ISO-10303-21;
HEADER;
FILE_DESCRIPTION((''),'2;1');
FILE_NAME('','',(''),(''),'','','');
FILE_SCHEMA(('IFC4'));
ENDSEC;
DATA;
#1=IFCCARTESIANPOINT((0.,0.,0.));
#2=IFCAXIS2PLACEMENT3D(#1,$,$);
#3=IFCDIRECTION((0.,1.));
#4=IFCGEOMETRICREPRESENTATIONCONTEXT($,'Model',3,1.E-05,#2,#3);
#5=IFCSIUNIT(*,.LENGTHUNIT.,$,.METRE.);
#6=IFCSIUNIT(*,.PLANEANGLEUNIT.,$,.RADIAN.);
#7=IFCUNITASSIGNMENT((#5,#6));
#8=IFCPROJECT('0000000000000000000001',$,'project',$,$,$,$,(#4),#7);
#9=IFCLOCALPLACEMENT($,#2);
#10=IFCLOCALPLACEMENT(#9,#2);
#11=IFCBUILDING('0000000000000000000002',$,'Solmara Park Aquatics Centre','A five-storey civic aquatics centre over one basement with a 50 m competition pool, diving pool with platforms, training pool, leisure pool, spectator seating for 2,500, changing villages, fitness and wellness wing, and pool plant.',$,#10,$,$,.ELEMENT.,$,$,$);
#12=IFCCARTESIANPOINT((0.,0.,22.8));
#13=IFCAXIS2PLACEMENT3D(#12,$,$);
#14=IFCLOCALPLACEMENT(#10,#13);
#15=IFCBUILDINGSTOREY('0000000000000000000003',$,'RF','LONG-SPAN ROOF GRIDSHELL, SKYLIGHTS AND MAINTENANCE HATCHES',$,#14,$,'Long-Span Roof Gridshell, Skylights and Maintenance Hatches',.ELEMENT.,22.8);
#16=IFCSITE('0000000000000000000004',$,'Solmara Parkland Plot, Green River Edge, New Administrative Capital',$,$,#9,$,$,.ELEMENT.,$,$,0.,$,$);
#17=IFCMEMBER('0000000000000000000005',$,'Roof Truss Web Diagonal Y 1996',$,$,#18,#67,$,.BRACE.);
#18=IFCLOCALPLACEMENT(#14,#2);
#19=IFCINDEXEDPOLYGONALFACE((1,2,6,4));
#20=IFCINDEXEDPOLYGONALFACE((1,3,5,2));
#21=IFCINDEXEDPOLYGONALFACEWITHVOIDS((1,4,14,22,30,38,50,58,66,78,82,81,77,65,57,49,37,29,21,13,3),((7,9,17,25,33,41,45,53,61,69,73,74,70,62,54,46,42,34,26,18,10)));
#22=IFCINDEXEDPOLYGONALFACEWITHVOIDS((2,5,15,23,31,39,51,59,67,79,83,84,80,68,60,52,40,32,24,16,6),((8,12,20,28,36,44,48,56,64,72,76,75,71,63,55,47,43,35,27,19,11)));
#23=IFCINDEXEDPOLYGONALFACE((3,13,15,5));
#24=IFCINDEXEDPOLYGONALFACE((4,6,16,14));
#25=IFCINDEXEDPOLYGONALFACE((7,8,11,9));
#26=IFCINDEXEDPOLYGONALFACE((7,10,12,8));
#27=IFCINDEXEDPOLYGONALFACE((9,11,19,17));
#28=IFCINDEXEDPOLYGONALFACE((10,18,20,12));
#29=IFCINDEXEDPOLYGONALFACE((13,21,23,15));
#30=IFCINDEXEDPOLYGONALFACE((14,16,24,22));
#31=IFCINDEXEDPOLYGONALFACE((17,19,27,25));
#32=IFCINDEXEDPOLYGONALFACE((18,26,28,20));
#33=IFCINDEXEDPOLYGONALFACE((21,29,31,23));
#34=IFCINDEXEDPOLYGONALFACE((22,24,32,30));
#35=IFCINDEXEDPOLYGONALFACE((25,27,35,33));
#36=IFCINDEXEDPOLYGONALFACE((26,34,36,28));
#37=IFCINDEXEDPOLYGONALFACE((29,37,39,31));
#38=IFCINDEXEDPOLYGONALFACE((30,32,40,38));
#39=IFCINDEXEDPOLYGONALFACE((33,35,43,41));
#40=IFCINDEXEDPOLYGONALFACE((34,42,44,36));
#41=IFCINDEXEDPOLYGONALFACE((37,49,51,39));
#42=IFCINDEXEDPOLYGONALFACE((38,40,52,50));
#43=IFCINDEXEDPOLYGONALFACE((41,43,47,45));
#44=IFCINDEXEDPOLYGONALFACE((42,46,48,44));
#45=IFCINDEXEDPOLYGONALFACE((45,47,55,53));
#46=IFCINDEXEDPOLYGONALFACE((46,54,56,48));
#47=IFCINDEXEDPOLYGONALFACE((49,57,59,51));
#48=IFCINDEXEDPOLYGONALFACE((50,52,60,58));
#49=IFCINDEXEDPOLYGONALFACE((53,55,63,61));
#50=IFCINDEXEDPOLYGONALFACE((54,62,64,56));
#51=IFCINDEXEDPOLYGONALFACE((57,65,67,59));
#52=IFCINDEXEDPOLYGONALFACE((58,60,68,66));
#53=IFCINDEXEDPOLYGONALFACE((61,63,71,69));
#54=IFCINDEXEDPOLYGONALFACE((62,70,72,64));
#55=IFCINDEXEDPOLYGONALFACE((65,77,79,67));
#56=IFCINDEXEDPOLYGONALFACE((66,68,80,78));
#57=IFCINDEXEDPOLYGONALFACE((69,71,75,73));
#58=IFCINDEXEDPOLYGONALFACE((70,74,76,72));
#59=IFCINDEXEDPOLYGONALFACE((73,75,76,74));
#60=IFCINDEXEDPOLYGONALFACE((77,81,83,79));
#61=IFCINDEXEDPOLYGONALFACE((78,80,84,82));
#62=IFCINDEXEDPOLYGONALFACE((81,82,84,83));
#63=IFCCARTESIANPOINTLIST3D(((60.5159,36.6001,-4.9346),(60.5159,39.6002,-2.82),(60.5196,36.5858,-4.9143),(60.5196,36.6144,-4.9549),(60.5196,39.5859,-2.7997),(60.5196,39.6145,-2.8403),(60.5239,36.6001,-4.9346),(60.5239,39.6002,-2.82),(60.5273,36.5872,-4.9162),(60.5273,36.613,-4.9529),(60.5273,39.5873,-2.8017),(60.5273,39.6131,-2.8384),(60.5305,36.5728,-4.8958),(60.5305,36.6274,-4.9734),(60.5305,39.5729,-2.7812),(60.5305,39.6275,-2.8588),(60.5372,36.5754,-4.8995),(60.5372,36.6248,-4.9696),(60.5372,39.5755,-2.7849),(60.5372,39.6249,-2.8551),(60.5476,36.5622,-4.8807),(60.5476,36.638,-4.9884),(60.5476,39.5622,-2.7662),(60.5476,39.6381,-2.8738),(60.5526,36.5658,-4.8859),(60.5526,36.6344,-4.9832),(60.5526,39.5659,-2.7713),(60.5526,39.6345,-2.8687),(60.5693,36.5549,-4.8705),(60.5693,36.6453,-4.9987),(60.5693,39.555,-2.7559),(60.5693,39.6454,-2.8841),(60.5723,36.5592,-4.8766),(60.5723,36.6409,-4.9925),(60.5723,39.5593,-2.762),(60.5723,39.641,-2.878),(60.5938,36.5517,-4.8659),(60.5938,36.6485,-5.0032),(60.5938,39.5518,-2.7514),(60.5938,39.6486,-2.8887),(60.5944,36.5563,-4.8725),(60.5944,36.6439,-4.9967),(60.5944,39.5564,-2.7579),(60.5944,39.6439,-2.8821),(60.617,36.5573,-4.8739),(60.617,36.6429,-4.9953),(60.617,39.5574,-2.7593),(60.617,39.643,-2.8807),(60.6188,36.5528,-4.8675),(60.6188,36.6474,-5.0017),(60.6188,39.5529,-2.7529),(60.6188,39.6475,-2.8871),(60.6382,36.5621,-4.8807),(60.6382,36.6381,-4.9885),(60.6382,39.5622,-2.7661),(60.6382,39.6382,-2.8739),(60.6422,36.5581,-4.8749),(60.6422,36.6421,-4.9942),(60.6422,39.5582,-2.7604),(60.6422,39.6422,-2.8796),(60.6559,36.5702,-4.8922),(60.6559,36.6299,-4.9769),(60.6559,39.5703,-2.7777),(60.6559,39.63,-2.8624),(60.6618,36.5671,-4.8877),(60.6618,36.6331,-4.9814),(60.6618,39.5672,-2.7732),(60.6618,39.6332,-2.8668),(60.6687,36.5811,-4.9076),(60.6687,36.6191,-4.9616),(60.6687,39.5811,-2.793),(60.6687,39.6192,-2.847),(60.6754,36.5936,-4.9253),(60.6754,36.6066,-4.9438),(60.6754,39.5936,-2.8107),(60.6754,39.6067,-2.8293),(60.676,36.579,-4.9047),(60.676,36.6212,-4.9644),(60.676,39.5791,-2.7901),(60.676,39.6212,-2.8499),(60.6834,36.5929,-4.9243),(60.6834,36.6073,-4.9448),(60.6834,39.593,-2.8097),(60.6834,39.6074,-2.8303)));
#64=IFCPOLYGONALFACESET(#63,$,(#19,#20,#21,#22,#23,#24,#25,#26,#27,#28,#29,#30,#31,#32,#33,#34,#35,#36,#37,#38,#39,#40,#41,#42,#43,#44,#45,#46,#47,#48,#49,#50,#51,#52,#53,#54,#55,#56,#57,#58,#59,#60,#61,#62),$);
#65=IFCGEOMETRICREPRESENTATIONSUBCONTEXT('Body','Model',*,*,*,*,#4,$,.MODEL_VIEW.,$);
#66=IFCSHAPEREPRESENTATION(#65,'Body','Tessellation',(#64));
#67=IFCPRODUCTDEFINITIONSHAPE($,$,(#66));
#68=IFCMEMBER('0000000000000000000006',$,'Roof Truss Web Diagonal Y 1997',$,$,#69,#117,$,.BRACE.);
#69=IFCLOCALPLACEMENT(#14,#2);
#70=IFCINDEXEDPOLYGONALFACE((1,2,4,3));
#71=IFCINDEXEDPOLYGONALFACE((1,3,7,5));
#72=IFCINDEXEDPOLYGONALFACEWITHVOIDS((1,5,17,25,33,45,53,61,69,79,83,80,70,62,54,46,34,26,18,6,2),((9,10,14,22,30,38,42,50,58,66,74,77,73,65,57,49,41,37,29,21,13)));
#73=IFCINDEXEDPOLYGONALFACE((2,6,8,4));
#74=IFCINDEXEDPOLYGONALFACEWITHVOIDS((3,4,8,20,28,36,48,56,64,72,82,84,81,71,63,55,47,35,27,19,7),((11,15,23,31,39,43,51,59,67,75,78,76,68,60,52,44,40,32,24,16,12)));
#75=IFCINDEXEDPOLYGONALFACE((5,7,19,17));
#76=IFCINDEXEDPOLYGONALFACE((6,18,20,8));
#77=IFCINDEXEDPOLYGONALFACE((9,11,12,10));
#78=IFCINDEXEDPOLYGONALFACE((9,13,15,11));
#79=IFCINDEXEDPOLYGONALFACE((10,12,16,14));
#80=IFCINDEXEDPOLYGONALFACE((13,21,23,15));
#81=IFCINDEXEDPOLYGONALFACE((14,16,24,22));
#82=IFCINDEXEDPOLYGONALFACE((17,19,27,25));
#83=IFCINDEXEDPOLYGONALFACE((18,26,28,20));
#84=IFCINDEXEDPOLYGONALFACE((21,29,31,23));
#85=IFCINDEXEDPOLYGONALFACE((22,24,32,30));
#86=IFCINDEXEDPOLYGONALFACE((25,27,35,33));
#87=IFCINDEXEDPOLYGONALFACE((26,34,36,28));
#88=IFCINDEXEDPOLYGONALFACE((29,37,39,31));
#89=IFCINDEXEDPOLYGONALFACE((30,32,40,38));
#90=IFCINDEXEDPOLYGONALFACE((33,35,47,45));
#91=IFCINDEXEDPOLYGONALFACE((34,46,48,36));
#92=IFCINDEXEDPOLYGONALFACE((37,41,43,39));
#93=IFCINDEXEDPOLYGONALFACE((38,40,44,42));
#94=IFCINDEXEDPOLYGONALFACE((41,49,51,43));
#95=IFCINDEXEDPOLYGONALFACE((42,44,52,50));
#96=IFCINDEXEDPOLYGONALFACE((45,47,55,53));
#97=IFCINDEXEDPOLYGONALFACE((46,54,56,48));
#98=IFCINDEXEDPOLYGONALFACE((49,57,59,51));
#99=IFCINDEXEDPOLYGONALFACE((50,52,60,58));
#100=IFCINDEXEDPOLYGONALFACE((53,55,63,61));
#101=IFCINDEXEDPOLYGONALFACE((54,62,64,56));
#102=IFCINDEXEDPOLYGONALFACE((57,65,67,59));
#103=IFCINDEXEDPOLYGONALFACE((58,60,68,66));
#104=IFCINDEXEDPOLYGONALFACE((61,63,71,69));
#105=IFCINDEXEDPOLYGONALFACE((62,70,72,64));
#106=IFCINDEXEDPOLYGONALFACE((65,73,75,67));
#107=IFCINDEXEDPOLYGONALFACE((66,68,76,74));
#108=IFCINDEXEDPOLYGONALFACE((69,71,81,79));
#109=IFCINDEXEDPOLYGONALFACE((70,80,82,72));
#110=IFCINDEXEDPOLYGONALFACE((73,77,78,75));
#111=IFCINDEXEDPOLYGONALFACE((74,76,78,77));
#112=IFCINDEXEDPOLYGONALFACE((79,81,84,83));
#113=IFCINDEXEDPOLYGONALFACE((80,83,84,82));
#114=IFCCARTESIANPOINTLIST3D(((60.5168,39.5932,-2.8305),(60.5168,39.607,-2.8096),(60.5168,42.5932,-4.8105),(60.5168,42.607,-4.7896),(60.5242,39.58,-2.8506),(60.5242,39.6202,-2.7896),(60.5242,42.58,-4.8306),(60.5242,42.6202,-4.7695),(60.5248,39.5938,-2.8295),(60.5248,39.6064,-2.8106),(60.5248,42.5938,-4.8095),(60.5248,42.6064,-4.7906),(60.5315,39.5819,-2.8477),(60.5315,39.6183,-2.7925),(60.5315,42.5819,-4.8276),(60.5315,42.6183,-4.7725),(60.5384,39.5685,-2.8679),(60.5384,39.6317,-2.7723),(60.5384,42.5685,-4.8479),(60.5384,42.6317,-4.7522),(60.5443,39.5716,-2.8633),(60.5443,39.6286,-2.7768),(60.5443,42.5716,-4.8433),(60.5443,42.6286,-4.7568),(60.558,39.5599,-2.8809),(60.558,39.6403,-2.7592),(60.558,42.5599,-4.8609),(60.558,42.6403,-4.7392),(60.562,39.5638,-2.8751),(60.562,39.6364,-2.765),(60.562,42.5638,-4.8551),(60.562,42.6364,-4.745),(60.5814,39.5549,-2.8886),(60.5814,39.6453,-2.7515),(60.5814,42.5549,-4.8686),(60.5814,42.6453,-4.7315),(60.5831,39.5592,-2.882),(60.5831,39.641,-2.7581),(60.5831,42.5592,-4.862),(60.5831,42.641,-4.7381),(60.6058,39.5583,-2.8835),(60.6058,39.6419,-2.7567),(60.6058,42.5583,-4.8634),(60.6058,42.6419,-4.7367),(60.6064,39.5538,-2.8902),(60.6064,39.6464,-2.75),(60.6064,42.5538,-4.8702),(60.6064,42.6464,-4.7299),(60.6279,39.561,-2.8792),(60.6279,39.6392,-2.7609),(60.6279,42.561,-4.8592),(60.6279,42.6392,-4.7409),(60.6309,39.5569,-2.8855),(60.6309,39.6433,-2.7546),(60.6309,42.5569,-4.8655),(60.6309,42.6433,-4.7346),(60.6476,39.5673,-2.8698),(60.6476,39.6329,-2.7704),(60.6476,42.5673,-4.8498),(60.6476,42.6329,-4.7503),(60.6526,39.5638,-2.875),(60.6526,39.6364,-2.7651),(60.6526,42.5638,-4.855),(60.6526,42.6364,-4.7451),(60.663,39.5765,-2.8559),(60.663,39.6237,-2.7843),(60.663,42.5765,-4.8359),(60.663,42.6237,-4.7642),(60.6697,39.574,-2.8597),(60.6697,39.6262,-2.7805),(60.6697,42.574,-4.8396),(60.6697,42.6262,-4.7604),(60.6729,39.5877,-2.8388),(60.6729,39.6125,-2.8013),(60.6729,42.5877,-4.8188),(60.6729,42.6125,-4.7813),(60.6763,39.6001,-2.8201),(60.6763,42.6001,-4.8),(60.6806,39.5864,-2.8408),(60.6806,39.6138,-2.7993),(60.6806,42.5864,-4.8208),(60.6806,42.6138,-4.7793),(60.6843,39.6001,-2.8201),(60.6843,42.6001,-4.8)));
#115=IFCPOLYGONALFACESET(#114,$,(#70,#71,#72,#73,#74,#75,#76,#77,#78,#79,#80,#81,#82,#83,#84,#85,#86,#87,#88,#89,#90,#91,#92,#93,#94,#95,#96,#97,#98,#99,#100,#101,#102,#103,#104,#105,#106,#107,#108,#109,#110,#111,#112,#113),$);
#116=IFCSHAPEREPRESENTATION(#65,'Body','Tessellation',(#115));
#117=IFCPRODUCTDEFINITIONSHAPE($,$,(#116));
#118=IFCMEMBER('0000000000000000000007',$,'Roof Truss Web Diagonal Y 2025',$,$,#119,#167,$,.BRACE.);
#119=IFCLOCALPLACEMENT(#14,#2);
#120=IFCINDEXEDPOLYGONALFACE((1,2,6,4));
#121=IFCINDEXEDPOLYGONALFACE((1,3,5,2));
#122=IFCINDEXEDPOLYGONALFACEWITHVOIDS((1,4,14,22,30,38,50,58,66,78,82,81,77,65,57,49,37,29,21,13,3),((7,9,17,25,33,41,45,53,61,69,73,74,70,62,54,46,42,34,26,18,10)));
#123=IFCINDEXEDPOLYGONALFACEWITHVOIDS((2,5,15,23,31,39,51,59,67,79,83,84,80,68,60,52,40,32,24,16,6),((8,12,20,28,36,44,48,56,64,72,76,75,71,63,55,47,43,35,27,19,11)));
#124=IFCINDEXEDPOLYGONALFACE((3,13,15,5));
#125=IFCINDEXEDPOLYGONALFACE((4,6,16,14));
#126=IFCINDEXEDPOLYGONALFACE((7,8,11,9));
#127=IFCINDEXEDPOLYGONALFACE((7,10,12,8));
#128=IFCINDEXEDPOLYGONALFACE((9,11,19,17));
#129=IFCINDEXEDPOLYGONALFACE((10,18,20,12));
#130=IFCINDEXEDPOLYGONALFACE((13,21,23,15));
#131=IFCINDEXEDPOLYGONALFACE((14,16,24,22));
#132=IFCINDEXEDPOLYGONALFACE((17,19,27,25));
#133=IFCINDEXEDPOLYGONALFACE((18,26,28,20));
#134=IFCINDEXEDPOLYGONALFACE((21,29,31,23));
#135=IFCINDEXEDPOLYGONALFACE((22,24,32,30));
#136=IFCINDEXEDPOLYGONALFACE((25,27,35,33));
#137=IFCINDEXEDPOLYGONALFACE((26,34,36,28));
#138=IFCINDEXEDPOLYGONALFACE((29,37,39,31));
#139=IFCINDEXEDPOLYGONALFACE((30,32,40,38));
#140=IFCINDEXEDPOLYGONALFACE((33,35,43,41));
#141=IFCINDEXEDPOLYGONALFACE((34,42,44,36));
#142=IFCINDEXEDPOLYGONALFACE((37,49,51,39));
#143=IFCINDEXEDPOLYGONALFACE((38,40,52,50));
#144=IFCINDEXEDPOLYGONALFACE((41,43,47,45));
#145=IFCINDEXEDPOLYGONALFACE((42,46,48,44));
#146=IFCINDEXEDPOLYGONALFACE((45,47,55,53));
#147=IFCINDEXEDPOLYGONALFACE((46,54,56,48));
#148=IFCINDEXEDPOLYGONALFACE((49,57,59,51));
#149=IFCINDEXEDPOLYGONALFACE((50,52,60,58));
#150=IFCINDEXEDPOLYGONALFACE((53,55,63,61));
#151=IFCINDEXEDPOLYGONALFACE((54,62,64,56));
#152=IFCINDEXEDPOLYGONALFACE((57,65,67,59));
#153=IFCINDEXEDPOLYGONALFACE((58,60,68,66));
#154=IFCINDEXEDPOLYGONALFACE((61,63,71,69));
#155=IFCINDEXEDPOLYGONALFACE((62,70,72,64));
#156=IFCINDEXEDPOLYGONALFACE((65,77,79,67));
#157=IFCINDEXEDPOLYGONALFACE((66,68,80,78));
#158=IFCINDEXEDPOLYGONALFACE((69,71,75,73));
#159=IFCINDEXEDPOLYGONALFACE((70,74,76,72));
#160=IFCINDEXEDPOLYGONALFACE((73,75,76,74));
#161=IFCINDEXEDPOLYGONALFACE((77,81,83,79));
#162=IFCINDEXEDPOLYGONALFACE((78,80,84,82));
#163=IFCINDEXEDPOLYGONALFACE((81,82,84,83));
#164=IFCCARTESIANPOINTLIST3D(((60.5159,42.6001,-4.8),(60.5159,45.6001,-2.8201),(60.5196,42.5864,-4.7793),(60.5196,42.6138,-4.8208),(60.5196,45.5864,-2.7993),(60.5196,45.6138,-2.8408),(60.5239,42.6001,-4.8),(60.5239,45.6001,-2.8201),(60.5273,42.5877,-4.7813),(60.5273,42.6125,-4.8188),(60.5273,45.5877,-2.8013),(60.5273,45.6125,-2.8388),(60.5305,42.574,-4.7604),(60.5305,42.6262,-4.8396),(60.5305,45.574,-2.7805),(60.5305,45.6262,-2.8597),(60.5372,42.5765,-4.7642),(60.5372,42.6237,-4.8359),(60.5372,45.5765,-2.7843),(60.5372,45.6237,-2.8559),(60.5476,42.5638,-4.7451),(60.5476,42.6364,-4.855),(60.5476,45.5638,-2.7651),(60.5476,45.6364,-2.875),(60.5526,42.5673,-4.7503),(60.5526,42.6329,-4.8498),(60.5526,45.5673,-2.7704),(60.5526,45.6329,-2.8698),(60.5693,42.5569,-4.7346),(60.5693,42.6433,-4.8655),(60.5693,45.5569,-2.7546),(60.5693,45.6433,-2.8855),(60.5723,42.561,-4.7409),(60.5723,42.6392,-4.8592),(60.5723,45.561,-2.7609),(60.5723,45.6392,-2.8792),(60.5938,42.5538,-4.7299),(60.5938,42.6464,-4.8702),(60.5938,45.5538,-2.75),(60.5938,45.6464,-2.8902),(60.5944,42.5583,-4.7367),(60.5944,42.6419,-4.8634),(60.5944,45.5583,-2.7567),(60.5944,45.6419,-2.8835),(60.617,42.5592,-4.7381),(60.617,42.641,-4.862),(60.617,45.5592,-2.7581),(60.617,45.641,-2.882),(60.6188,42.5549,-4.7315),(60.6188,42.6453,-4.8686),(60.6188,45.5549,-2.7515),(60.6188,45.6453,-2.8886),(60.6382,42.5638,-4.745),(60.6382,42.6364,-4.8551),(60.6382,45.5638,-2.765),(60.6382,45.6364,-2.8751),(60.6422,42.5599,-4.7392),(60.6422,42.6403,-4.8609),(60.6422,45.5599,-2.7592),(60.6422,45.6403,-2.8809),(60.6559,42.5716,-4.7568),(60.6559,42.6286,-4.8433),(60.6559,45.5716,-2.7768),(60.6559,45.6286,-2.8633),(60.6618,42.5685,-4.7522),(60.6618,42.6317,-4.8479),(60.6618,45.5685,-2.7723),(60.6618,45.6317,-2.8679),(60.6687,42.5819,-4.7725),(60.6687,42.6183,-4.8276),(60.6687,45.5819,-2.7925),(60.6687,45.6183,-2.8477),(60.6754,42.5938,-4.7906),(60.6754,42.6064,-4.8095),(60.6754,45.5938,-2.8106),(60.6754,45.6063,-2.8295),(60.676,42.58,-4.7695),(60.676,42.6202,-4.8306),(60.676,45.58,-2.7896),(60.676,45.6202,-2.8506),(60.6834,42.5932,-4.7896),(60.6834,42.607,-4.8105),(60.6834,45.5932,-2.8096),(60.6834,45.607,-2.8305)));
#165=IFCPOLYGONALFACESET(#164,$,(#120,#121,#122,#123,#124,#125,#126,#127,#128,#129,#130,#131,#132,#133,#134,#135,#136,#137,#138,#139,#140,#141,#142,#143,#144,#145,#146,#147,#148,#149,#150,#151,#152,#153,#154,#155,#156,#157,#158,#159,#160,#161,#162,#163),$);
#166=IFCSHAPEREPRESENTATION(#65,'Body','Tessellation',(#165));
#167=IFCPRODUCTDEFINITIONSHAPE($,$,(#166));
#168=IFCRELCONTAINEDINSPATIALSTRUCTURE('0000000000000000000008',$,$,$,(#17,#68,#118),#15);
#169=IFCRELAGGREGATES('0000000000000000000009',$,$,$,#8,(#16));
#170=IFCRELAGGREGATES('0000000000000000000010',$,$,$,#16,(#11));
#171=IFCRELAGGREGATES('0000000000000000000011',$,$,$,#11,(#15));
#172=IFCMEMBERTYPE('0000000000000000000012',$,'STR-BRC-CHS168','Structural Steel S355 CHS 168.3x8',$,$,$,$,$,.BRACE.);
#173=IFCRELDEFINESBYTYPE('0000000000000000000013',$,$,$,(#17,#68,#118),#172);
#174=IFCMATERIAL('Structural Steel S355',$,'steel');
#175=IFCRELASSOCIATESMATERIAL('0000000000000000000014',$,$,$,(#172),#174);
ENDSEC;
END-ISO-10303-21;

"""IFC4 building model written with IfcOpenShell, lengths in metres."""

from ifc_helpers import new_model, si_unit, direction, frame, origin, origin_2d, place, context, subcontext, project, spatial, hollow_circle, extrude, material, material_profile, profile_set, type_object, element, save


model = new_model("IFC4")

# Units and contexts
model_context = context("Model", 3, precision=1e-05, world=origin(), true_north=direction((0.0, 1.0)))
body_context = subcontext(model_context, "Body", "Model", "MODEL_VIEW")
ifc_project = project(units=[si_unit("LENGTHUNIT", "METRE"), si_unit("PLANEANGLEUNIT", "RADIAN")], contexts=[model_context])

# Site, building, storey
site_placement = place(None, origin())
site = spatial("IfcSite", under=ifc_project, at=site_placement, Name="Solmara Parkland Plot, Green River Edge, New Administrative Capital", CompositionType="ELEMENT", RefElevation=0.0)
building_placement = place(site_placement, origin())
building = spatial("IfcBuilding", under=site, at=building_placement, Name="Solmara Park Aquatics Centre", Description="A five-storey civic aquatics centre over one basement with a 50 m competition pool, diving pool with platforms, training pool, leisure pool, spectator seating for 2,500, changing villages, fitness and wellness wing, and pool plant.", CompositionType="ELEMENT")
storey_placement = place(building_placement, frame((0.0, 0.0, 22.8)))
storey = spatial("IfcBuildingStorey", under=building, at=storey_placement, Name="RF", Description="LONG-SPAN ROOF GRIDSHELL, SKYLIGHTS AND MAINTENANCE HATCHES", LongName="Long-Span Roof Gridshell, Skylights and Maintenance Hatches", CompositionType="ELEMENT", Elevation=22.8)

# Members
ifc_material_1 = material(Name="Structural Steel S355", Category="steel")
ifc_material_profile_1 = material_profile(ifc_material_1, hollow_circle(Radius=0.0842, WallThickness=0.0081, at=origin_2d()), Name="CHS 168.3x8")
ifc_profile_set_1 = profile_set([ifc_material_profile_1], Name="Structural Steel S355")
member_type_1 = type_object("IfcMemberType", Name="STR-BRC-CHS168", Description="Structural Steel S355 CHS 168.3x8", PredefinedType="BRACE", material=ifc_profile_set_1)
member_1_placement = place(storey_placement, frame((60.6001, 36.6001, -4.9346), z_axis=(0.0, 0.817371, 0.576111), x_axis=(-1.0, 0.0, 0.0)))
element("IfcMember", 1, at=member_1_placement, inside=storey, type_object=member_type_1, Name="Roof Truss Web Diagonal Y 1996", PredefinedType="BRACE", context=body_context, shape_type="SweptSolid", body=[
    extrude(hollow_circle(Radius=0.0842, WallThickness=0.0081, at=origin_2d()), origin(), (0.0, 0.0, 1.0), 3.6704),
])
for number, where, z_axis, x_axis, name in (
    (2, (60.6001, 42.6001, -4.8), (0.0, -0.834612, 0.550838), (1.0, 0.0, 0.0), "Roof Truss Web Diagonal Y 1997"),
    (3, (60.6001, 42.6001, -4.8), (0.0, 0.834612, 0.550838), (-1.0, 0.0, 0.0), "Roof Truss Web Diagonal Y 2025"),
):
    element("IfcMember", number, at=place(storey_placement, frame(where, z_axis=z_axis, x_axis=x_axis)), inside=storey, type_object=member_type_1, Name=name, PredefinedType="BRACE", context=body_context, shape_type="SweptSolid", body=[
        extrude(hollow_circle(Radius=0.0842, WallThickness=0.0081, at=origin_2d()), origin(), (0.0, 0.0, 1.0), 3.5945),
    ])

save(model, "model.ifc")
